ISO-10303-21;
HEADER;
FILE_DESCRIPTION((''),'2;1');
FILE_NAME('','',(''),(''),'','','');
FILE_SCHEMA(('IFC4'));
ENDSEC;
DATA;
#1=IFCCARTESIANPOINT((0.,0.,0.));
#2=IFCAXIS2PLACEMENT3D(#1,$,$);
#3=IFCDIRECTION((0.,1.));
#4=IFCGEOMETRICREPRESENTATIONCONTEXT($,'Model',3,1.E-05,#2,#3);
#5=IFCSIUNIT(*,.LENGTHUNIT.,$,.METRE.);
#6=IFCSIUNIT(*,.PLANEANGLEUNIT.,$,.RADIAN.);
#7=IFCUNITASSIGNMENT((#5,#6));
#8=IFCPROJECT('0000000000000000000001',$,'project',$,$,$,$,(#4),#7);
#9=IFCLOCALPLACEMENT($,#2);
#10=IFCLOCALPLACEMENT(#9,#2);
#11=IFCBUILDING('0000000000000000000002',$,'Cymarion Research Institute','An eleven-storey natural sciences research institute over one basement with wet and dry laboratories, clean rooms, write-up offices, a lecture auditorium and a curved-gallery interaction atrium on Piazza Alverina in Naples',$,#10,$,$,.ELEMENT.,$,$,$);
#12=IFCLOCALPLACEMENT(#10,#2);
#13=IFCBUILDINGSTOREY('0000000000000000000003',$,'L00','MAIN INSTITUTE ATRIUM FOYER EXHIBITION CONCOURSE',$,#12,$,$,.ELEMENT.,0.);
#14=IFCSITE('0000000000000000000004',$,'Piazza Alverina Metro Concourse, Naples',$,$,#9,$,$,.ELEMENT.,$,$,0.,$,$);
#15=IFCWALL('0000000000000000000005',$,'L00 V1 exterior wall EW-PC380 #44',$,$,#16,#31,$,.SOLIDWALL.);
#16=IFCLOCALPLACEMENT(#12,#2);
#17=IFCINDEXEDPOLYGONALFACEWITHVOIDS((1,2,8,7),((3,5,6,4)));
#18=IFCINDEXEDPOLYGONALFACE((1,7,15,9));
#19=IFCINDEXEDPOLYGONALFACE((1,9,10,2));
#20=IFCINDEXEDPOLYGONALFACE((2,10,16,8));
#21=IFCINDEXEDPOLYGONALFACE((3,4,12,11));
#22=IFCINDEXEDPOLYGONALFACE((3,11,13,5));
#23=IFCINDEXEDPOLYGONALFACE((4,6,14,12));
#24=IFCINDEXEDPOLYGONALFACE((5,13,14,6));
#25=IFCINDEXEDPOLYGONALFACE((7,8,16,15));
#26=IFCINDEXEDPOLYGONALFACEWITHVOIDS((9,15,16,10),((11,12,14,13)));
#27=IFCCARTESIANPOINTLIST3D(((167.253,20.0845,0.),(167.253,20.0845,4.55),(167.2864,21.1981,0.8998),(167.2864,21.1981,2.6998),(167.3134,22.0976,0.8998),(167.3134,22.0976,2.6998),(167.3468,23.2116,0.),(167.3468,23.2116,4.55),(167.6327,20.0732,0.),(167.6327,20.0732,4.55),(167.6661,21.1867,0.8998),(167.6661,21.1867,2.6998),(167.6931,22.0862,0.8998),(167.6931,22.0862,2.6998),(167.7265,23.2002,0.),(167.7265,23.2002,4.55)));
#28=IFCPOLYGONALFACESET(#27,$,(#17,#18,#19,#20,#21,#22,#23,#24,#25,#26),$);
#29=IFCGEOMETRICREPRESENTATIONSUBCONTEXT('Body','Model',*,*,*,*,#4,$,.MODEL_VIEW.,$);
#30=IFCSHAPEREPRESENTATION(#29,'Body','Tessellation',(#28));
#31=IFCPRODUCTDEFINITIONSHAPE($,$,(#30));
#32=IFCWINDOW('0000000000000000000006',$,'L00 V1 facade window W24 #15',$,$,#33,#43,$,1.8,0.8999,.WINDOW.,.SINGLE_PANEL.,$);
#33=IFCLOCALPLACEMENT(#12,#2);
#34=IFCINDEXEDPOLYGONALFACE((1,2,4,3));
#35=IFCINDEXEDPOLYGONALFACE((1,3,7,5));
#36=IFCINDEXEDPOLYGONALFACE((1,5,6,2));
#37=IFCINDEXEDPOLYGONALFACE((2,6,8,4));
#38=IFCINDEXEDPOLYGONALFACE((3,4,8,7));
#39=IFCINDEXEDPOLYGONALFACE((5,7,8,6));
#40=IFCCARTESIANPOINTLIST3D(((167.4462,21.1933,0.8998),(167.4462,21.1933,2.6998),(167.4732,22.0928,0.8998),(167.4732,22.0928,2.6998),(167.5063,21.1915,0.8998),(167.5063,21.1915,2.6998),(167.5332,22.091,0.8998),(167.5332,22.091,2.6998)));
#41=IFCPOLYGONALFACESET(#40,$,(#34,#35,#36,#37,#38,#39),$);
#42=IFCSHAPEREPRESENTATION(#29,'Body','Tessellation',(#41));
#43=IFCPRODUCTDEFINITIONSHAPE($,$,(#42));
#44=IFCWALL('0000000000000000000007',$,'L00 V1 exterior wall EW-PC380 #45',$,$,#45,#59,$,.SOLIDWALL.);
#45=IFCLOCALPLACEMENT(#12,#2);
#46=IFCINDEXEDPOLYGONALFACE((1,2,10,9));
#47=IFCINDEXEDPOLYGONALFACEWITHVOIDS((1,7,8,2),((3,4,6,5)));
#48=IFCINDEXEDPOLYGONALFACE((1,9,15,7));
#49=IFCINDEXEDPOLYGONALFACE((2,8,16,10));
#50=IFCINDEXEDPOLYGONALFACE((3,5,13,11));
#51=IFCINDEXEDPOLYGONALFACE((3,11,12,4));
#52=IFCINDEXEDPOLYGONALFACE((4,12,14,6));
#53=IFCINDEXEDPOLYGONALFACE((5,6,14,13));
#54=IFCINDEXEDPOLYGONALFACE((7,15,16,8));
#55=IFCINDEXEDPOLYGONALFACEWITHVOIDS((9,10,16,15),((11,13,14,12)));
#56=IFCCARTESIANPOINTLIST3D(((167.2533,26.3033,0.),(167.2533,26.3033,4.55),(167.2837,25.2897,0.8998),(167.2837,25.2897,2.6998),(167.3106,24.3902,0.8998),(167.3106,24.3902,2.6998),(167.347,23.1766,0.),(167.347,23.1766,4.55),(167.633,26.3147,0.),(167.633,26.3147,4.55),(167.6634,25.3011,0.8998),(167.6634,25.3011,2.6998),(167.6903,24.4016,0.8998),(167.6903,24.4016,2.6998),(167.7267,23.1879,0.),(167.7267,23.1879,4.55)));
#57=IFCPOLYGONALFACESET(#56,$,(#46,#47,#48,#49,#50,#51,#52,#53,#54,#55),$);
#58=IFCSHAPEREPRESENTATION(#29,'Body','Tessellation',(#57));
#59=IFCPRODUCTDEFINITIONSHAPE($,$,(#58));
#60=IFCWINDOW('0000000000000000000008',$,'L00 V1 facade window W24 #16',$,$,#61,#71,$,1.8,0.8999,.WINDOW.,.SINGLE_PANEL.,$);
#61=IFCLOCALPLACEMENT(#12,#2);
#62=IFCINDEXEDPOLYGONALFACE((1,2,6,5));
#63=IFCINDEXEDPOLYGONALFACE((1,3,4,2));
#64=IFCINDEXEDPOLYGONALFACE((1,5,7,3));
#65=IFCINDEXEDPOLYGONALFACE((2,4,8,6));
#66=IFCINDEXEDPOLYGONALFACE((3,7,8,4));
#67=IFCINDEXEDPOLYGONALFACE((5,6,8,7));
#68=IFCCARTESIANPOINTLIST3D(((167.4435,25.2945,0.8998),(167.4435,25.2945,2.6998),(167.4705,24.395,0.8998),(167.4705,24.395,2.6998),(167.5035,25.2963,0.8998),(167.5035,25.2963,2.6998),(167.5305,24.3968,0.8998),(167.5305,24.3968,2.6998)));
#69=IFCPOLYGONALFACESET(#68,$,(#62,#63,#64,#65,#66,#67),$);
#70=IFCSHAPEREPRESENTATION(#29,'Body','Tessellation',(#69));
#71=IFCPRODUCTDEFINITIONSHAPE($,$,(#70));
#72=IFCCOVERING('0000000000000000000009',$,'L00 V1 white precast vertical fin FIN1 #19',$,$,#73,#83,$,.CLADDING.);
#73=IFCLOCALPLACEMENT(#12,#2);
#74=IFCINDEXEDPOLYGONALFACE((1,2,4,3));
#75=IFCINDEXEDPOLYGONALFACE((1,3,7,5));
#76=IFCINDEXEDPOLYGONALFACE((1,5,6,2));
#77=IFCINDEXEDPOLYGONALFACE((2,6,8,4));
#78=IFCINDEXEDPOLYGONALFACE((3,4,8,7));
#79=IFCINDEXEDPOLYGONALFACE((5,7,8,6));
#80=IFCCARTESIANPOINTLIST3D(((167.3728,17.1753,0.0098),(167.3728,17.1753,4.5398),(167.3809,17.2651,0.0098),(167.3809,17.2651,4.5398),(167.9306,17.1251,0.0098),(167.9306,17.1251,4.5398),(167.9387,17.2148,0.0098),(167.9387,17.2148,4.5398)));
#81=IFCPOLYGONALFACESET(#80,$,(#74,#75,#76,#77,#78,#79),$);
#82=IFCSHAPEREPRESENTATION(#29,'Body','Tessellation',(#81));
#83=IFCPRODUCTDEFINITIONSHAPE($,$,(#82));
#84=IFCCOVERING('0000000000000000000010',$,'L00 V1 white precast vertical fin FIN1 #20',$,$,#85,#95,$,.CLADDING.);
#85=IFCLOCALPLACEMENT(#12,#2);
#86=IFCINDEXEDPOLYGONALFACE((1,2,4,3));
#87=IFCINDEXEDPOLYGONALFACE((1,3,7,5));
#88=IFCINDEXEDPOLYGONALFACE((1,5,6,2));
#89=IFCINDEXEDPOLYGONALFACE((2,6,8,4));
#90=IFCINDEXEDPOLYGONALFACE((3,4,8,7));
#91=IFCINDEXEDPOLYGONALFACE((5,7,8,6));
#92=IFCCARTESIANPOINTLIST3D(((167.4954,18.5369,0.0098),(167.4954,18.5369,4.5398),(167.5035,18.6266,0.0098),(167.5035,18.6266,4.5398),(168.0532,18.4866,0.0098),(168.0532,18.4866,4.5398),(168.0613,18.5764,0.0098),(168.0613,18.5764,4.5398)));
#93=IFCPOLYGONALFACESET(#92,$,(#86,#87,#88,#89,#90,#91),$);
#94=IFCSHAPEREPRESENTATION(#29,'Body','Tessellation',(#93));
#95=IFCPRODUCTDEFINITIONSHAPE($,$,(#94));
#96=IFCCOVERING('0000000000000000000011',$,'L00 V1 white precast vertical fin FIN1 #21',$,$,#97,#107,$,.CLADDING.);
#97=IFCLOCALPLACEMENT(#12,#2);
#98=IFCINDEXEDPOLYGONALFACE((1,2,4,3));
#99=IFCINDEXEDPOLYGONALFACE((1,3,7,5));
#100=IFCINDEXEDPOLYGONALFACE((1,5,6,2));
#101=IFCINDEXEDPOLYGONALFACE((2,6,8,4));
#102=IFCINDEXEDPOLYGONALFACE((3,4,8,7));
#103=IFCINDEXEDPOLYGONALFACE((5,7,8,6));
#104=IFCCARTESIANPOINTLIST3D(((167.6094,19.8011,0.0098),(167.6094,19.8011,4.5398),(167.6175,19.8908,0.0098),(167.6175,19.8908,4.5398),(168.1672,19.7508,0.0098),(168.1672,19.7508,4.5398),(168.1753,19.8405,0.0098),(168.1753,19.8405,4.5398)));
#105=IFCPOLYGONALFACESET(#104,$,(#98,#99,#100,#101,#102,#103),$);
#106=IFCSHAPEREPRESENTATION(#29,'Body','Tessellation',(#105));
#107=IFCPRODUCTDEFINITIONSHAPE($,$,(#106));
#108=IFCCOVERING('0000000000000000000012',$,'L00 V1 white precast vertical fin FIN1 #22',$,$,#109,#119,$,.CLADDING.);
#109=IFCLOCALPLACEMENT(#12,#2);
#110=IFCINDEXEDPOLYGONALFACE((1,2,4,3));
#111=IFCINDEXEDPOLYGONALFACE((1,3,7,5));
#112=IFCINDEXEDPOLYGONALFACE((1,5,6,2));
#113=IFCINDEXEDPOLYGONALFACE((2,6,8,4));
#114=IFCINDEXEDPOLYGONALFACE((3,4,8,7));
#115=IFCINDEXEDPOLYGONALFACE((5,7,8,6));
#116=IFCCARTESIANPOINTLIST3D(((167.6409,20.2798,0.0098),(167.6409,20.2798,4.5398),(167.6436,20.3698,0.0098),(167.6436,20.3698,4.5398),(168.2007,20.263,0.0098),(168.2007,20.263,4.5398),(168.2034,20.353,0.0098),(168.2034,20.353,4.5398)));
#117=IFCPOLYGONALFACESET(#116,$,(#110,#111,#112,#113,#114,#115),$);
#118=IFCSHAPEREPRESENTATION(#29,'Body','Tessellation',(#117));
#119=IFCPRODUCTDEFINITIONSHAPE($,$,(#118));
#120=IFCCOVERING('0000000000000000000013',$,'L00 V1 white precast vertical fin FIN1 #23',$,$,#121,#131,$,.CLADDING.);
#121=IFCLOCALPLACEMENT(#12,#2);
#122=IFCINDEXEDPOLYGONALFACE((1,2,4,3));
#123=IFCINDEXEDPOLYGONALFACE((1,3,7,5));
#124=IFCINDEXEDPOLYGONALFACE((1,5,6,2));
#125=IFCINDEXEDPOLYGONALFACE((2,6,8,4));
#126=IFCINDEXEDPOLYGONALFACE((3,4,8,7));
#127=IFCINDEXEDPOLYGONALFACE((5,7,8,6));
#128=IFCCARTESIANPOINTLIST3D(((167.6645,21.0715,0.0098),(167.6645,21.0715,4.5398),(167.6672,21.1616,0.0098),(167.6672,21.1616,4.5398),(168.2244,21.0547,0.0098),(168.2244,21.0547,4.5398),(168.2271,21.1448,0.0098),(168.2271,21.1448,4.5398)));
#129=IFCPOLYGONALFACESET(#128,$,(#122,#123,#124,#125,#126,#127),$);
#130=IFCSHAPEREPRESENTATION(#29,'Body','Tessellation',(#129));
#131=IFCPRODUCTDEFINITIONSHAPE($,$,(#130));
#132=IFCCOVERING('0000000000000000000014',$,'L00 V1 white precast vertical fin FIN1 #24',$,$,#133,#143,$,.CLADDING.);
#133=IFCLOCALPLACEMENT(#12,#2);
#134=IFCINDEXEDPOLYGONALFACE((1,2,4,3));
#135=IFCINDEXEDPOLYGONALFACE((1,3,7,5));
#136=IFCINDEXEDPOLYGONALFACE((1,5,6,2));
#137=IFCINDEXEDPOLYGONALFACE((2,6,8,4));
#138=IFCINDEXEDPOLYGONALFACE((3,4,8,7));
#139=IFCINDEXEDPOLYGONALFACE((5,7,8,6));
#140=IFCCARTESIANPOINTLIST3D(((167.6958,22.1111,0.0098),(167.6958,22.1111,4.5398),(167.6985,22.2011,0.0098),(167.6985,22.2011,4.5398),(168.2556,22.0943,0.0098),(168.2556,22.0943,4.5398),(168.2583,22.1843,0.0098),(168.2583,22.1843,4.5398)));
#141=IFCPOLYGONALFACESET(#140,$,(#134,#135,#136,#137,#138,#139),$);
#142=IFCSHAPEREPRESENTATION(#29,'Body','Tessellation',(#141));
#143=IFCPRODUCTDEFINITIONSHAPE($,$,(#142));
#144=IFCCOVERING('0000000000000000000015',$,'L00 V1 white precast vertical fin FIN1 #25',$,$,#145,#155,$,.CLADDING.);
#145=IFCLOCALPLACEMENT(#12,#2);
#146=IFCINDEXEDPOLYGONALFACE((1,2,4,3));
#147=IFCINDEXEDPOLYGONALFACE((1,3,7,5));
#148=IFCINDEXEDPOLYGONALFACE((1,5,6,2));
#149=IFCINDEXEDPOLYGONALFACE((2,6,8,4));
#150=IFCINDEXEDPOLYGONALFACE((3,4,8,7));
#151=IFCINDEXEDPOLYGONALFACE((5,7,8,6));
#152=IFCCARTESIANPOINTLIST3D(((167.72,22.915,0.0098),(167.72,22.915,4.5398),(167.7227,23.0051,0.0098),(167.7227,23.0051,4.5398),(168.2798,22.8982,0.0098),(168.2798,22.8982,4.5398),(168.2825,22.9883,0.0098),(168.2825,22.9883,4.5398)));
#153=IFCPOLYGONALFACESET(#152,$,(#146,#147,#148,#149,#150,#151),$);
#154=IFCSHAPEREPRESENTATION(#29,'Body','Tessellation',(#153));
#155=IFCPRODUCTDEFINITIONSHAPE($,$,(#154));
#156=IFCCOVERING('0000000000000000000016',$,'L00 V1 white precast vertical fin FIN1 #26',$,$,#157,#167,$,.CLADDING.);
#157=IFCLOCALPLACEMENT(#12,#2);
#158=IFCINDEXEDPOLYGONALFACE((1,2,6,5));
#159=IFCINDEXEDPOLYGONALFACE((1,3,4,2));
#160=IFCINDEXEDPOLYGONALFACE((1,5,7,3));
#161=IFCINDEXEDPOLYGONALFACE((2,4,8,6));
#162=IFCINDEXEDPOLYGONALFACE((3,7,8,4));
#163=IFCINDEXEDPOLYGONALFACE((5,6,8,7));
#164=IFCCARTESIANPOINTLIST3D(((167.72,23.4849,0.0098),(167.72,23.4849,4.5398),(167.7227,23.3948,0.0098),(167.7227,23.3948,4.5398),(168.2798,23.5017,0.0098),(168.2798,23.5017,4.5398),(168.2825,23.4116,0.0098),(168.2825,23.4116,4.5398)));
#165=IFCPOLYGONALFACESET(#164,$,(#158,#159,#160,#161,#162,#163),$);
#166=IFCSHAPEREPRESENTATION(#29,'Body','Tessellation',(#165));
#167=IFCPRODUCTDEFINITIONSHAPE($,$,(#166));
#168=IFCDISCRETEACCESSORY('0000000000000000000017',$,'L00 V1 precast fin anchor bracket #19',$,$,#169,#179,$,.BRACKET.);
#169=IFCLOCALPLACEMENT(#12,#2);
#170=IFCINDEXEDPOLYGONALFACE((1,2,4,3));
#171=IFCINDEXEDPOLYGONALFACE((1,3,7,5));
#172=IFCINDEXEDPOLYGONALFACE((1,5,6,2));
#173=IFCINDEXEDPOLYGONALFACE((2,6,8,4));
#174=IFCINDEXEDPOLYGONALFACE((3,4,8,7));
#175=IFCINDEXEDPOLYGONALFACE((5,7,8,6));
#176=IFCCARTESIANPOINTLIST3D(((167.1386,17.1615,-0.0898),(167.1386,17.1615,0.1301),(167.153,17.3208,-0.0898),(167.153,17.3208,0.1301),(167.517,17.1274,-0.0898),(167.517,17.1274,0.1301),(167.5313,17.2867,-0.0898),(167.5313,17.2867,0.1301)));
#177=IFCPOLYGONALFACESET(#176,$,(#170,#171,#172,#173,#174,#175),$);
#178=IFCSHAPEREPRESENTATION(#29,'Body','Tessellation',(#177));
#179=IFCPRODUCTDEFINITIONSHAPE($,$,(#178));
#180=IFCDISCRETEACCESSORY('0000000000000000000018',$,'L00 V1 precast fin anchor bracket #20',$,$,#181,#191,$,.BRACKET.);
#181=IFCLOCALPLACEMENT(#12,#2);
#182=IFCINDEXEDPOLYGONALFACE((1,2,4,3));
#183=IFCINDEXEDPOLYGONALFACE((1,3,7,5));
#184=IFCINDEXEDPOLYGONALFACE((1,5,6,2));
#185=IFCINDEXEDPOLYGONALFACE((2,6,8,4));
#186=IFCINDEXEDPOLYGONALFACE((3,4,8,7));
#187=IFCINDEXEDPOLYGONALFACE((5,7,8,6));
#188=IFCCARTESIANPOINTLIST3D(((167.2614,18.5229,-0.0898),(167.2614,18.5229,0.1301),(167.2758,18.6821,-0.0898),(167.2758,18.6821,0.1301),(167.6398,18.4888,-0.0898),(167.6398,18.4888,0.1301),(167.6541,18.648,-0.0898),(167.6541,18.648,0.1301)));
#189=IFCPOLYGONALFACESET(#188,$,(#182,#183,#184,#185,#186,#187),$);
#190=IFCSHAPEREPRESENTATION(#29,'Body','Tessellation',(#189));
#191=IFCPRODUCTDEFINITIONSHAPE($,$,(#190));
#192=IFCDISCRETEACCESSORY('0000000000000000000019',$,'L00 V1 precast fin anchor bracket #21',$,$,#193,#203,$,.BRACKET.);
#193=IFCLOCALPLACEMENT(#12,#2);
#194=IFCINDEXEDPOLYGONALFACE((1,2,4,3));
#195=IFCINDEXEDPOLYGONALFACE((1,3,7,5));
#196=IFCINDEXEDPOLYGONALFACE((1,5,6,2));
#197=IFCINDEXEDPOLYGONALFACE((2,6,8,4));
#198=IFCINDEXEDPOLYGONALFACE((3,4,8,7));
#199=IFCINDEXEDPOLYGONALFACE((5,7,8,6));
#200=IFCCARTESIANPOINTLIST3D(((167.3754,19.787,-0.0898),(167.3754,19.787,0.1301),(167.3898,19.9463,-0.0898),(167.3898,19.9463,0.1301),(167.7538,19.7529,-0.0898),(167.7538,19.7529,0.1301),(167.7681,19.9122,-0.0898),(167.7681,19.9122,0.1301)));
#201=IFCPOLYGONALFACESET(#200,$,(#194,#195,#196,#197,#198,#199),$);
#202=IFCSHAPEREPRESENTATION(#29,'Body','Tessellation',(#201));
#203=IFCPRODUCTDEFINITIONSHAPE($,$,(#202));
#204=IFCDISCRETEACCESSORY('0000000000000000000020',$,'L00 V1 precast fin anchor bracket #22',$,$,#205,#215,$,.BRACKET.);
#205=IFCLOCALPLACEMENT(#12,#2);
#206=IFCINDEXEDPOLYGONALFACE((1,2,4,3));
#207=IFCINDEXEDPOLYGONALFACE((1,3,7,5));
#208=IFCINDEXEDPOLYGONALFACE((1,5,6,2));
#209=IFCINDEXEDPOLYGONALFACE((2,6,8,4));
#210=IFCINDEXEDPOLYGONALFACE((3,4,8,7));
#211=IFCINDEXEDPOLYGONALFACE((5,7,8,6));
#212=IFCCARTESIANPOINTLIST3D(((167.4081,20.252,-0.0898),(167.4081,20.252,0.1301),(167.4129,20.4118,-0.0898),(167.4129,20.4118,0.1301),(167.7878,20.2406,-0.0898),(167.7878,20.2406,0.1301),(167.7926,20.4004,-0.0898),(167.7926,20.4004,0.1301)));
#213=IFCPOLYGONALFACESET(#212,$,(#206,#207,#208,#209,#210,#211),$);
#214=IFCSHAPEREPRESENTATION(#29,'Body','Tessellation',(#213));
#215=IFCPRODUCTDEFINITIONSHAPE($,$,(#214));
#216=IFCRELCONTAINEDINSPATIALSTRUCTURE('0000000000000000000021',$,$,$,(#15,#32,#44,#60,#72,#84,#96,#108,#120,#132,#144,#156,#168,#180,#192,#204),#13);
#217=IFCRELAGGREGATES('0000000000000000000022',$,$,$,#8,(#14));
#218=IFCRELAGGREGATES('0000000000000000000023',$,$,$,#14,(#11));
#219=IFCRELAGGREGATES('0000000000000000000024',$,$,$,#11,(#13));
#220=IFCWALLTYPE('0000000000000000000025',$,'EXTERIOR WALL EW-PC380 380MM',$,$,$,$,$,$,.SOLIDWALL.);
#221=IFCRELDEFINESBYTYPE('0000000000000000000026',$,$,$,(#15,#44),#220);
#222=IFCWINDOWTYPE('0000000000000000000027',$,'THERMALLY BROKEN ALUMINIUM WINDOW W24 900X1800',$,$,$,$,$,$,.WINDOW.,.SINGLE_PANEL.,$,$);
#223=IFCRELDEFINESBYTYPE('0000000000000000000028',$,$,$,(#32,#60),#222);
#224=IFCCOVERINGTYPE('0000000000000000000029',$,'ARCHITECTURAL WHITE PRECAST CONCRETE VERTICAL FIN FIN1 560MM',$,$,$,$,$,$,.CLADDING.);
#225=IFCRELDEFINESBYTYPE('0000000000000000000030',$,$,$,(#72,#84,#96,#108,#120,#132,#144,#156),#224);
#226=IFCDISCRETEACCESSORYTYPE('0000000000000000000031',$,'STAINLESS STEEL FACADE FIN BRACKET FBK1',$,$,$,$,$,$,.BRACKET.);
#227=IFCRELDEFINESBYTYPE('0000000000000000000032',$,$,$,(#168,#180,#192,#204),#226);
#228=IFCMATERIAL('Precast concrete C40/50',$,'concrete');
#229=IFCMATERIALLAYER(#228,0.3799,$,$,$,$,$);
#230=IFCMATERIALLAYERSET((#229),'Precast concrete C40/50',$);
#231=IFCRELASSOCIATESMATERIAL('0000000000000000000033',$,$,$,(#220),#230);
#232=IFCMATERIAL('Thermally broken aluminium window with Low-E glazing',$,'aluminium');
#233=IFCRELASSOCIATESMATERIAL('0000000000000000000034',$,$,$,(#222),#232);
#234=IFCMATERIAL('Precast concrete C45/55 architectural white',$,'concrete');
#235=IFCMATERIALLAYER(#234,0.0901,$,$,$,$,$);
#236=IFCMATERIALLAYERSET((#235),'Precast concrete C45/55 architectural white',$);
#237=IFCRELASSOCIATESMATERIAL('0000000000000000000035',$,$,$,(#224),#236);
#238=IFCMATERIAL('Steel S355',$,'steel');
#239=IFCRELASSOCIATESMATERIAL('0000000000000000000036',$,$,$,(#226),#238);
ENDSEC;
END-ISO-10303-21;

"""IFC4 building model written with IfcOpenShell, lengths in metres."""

from ifc_helpers import new_model, si_unit, direction, frame, frame_2d, origin, origin_2d, place, context, subcontext, project, spatial, rectangle, extrude, material, layer, layer_set, type_object, element, fill, save


model = new_model("IFC4")

# Units and contexts
model_context = context("Model", 3, precision=1e-05, world=origin(), true_north=direction((0.0, 1.0)))
body_context = subcontext(model_context, "Body", "Model", "MODEL_VIEW")
ifc_project = project(units=[si_unit("LENGTHUNIT", "METRE"), si_unit("PLANEANGLEUNIT", "RADIAN")], contexts=[model_context])

# Site, building, storey
site_placement = place(None, origin())
site = spatial("IfcSite", under=ifc_project, at=site_placement, Name="Piazza Alverina Metro Concourse, Naples", CompositionType="ELEMENT", RefElevation=0.0)
building_placement = place(site_placement, origin())
building = spatial("IfcBuilding", under=site, at=building_placement, Name="Cymarion Research Institute", Description="An eleven-storey natural sciences research institute over one basement with wet and dry laboratories, clean rooms, write-up offices, a lecture auditorium and a curved-gallery interaction atrium on Piazza Alverina in Naples", CompositionType="ELEMENT")
storey_placement = place(building_placement, origin())
storey = spatial("IfcBuildingStorey", under=building, at=storey_placement, Name="L00", Description="MAIN INSTITUTE ATRIUM FOYER EXHIBITION CONCOURSE", CompositionType="ELEMENT", Elevation=0.0)

# Shared definitions
ifc_material_1 = material(Name="Steel S355", Category="steel")

# Walls, openings, windows
ifc_material_2 = material(Name="Precast concrete C40/50", Category="concrete")
ifc_layer_1 = layer(ifc_material_2, 0.3799)
ifc_layer_set_1 = layer_set([ifc_layer_1], Name="Precast concrete C40/50")
wall_type = type_object("IfcWallType", Name="EXTERIOR WALL EW-PC380 380MM", PredefinedType="SOLIDWALL", material=ifc_layer_set_1)
ifc_material_3 = material(Name="Thermally broken aluminium window with Low-E glazing", Category="aluminium")
window_type = type_object("IfcWindowType", Name="THERMALLY BROKEN ALUMINIUM WINDOW W24 900X1800", PartitioningType="SINGLE_PANEL", PredefinedType="WINDOW", material=ifc_material_3)
wall_1_placement = place(storey_placement, frame((167.4429, 20.0789, 0.0), z_axis=(0.0, 0.0, 1.0), x_axis=(0.029968, 0.999551, 0.0)))
wall_1 = element("IfcWall", 1, at=wall_1_placement, inside=storey, type_object=wall_type, Name="L00 V1 exterior wall EW-PC380 #44", PredefinedType="SOLIDWALL", context=body_context, shape_type="SweptSolid", body=[
    extrude(rectangle(XDim=3.1284, YDim=0.3799, at=frame_2d((1.5642, 0.0))), origin(), (0.0, 0.0, 1.0), 4.55),
])
opening_1_placement = place(wall_1_placement, frame((1.114, 0.0, 0.8999)))
opening_1 = element("IfcOpeningElement", 2, at=opening_1_placement, cuts=wall_1, PredefinedType="OPENING", context=body_context, shape_type="SweptSolid", body=[
    extrude(rectangle(XDim=0.8999, YDim=1.8, at=frame_2d((0.45, 0.8999))), frame((0.0, 0.2, 0.0), z_axis=(0.0, -1.0, 0.0), x_axis=(1.0, 0.0, 0.0)), (0.0, 0.0, 1.0), 0.3999),
])
window_1_placement = place(opening_1_placement, origin())
window_1 = element("IfcWindow", 3, at=window_1_placement, inside=storey, type_object=window_type, Name="L00 V1 facade window W24 #15", OverallHeight=1.8, OverallWidth=0.8999, PartitioningType="SINGLE_PANEL", PredefinedType="WINDOW", context=body_context, shape_type="SweptSolid", body=[
    extrude(rectangle(XDim=0.8999, YDim=1.8, at=frame_2d((0.45, 0.8999))), frame((0.0, 0.03, 0.0), z_axis=(0.0, -1.0, 0.0), x_axis=(1.0, 0.0, 0.0)), (0.0, 0.0, 1.0), 0.0601),
])
fill(opening_1, window_1)
wall_2_placement = place(storey_placement, frame((167.5369, 23.1824, 0.0), z_axis=(0.0, 0.0, 1.0), x_axis=(-0.02997, 0.999551, 0.0)))
wall_2 = element("IfcWall", 4, at=wall_2_placement, inside=storey, type_object=wall_type, Name="L00 V1 exterior wall EW-PC380 #45", PredefinedType="SOLIDWALL", context=body_context, shape_type="SweptSolid", body=[
    extrude(rectangle(XDim=3.1282, YDim=0.3799, at=frame_2d((1.564, 0.0))), origin(), (0.0, 0.0, 1.0), 4.55),
])
opening_2_placement = place(wall_2_placement, frame((1.2141, 0.0, 0.8999)))
opening_2 = element("IfcOpeningElement", 5, at=opening_2_placement, cuts=wall_2, PredefinedType="OPENING", context=body_context, shape_type="SweptSolid", body=[
    extrude(rectangle(XDim=0.8999, YDim=1.8, at=frame_2d((0.45, 0.8999))), frame((0.0, 0.2, 0.0), z_axis=(0.0, -1.0, 0.0), x_axis=(1.0, 0.0, 0.0)), (0.0, 0.0, 1.0), 0.3999),
])
window_2_placement = place(opening_2_placement, origin())
window_2 = element("IfcWindow", 6, at=window_2_placement, inside=storey, type_object=window_type, Name="L00 V1 facade window W24 #16", OverallHeight=1.8, OverallWidth=0.8999, PartitioningType="SINGLE_PANEL", PredefinedType="WINDOW", context=body_context, shape_type="SweptSolid", body=[
    extrude(rectangle(XDim=0.8999, YDim=1.8, at=frame_2d((0.45, 0.8999))), frame((0.0, 0.03, 0.0), z_axis=(0.0, -1.0, 0.0), x_axis=(1.0, 0.0, 0.0)), (0.0, 0.0, 1.0), 0.0601),
])
fill(opening_2, window_2)

# Coverings
ifc_material_4 = material(Name="Precast concrete C45/55 architectural white", Category="concrete")
ifc_layer_2 = layer(ifc_material_4, 0.0901)
ifc_layer_set_2 = layer_set([ifc_layer_2], Name="Precast concrete C45/55 architectural white")
covering_type = type_object("IfcCoveringType", Name="ARCHITECTURAL WHITE PRECAST CONCRETE VERTICAL FIN FIN1 560MM", PredefinedType="CLADDING", material=ifc_layer_set_2)
for number, where, z_axis, x_axis, name in (
    (7, (167.6558, 17.1951, 0.0098), (0.0, 0.0, 1.0), (0.995963, -0.089763, 0.0), "L00 V1 white precast vertical fin FIN1 #19"),
    (8, (167.7783, 18.5566, 0.0098), (0.0, 0.0, 1.0), (0.995963, -0.089763, 0.0), "L00 V1 white precast vertical fin FIN1 #20"),
    (9, (167.8923, 19.8208, 0.0098), (0.0, 0.0, 1.0), (0.995963, -0.089763, 0.0), "L00 V1 white precast vertical fin FIN1 #21"),
    (10, (167.9221, 20.3164, 0.0098), (0.0, 0.0, 1.0), (0.999549, -0.030015, 0.0), "L00 V1 white precast vertical fin FIN1 #22"),
    (11, (167.9458, 21.1082, 0.0098), (0.0, 0.0, 1.0), (0.999549, -0.030015, 0.0), "L00 V1 white precast vertical fin FIN1 #23"),
    (12, (167.9771, 22.1477, 0.0098), (0.0, 0.0, 1.0), (0.999549, -0.030015, 0.0), "L00 V1 white precast vertical fin FIN1 #24"),
    (13, (168.0012, 22.9517, 0.0098), (0.0, 0.0, 1.0), (0.999549, -0.030015, 0.0), "L00 V1 white precast vertical fin FIN1 #25"),
    (14, (168.0012, 23.4482, 0.0098), (0.0, 0.0, 1.0), (0.999549, 0.030015, 0.0), "L00 V1 white precast vertical fin FIN1 #26"),
):
    element("IfcCovering", number, at=place(storey_placement, frame(where, z_axis=z_axis, x_axis=x_axis)), inside=storey, type_object=covering_type, Name=name, PredefinedType="CLADDING", context=body_context, shape_type="SweptSolid", body=[
        extrude(rectangle(XDim=0.5601, YDim=0.0901, at=origin_2d()), origin(), (0.0, 0.0, 1.0), 4.53),
    ])

# Discrete accessories
discrete_accessory_type = type_object("IfcDiscreteAccessoryType", Name="STAINLESS STEEL FACADE FIN BRACKET FBK1", PredefinedType="BRACKET", material=ifc_material_1)
for number, where, z_axis, x_axis, name in (
    (15, (167.335, 17.2241, -0.0898), (0.0, 0.0, 1.0), (0.995963, -0.089763, 0.0), "L00 V1 precast fin anchor bracket #19"),
    (16, (167.4578, 18.5854, -0.0898), (0.0, 0.0, 1.0), (0.995963, -0.089763, 0.0), "L00 V1 precast fin anchor bracket #20"),
    (17, (167.5718, 19.8496, -0.0898), (0.0, 0.0, 1.0), (0.995963, -0.089763, 0.0), "L00 V1 precast fin anchor bracket #21"),
    (18, (167.6003, 20.3262, -0.0898), (0.0, 0.0, 1.0), (0.999549, -0.030015, 0.0), "L00 V1 precast fin anchor bracket #22"),
):
    element("IfcDiscreteAccessory", number, at=place(storey_placement, frame(where, z_axis=z_axis, x_axis=x_axis)), inside=storey, type_object=discrete_accessory_type, Name=name, PredefinedType="BRACKET", context=body_context, shape_type="SweptSolid", body=[
        extrude(rectangle(XDim=0.3799, YDim=0.1599, at=origin_2d()), origin(), (0.0, 0.0, 1.0), 0.22),
    ])

save(model, "model.ifc")
